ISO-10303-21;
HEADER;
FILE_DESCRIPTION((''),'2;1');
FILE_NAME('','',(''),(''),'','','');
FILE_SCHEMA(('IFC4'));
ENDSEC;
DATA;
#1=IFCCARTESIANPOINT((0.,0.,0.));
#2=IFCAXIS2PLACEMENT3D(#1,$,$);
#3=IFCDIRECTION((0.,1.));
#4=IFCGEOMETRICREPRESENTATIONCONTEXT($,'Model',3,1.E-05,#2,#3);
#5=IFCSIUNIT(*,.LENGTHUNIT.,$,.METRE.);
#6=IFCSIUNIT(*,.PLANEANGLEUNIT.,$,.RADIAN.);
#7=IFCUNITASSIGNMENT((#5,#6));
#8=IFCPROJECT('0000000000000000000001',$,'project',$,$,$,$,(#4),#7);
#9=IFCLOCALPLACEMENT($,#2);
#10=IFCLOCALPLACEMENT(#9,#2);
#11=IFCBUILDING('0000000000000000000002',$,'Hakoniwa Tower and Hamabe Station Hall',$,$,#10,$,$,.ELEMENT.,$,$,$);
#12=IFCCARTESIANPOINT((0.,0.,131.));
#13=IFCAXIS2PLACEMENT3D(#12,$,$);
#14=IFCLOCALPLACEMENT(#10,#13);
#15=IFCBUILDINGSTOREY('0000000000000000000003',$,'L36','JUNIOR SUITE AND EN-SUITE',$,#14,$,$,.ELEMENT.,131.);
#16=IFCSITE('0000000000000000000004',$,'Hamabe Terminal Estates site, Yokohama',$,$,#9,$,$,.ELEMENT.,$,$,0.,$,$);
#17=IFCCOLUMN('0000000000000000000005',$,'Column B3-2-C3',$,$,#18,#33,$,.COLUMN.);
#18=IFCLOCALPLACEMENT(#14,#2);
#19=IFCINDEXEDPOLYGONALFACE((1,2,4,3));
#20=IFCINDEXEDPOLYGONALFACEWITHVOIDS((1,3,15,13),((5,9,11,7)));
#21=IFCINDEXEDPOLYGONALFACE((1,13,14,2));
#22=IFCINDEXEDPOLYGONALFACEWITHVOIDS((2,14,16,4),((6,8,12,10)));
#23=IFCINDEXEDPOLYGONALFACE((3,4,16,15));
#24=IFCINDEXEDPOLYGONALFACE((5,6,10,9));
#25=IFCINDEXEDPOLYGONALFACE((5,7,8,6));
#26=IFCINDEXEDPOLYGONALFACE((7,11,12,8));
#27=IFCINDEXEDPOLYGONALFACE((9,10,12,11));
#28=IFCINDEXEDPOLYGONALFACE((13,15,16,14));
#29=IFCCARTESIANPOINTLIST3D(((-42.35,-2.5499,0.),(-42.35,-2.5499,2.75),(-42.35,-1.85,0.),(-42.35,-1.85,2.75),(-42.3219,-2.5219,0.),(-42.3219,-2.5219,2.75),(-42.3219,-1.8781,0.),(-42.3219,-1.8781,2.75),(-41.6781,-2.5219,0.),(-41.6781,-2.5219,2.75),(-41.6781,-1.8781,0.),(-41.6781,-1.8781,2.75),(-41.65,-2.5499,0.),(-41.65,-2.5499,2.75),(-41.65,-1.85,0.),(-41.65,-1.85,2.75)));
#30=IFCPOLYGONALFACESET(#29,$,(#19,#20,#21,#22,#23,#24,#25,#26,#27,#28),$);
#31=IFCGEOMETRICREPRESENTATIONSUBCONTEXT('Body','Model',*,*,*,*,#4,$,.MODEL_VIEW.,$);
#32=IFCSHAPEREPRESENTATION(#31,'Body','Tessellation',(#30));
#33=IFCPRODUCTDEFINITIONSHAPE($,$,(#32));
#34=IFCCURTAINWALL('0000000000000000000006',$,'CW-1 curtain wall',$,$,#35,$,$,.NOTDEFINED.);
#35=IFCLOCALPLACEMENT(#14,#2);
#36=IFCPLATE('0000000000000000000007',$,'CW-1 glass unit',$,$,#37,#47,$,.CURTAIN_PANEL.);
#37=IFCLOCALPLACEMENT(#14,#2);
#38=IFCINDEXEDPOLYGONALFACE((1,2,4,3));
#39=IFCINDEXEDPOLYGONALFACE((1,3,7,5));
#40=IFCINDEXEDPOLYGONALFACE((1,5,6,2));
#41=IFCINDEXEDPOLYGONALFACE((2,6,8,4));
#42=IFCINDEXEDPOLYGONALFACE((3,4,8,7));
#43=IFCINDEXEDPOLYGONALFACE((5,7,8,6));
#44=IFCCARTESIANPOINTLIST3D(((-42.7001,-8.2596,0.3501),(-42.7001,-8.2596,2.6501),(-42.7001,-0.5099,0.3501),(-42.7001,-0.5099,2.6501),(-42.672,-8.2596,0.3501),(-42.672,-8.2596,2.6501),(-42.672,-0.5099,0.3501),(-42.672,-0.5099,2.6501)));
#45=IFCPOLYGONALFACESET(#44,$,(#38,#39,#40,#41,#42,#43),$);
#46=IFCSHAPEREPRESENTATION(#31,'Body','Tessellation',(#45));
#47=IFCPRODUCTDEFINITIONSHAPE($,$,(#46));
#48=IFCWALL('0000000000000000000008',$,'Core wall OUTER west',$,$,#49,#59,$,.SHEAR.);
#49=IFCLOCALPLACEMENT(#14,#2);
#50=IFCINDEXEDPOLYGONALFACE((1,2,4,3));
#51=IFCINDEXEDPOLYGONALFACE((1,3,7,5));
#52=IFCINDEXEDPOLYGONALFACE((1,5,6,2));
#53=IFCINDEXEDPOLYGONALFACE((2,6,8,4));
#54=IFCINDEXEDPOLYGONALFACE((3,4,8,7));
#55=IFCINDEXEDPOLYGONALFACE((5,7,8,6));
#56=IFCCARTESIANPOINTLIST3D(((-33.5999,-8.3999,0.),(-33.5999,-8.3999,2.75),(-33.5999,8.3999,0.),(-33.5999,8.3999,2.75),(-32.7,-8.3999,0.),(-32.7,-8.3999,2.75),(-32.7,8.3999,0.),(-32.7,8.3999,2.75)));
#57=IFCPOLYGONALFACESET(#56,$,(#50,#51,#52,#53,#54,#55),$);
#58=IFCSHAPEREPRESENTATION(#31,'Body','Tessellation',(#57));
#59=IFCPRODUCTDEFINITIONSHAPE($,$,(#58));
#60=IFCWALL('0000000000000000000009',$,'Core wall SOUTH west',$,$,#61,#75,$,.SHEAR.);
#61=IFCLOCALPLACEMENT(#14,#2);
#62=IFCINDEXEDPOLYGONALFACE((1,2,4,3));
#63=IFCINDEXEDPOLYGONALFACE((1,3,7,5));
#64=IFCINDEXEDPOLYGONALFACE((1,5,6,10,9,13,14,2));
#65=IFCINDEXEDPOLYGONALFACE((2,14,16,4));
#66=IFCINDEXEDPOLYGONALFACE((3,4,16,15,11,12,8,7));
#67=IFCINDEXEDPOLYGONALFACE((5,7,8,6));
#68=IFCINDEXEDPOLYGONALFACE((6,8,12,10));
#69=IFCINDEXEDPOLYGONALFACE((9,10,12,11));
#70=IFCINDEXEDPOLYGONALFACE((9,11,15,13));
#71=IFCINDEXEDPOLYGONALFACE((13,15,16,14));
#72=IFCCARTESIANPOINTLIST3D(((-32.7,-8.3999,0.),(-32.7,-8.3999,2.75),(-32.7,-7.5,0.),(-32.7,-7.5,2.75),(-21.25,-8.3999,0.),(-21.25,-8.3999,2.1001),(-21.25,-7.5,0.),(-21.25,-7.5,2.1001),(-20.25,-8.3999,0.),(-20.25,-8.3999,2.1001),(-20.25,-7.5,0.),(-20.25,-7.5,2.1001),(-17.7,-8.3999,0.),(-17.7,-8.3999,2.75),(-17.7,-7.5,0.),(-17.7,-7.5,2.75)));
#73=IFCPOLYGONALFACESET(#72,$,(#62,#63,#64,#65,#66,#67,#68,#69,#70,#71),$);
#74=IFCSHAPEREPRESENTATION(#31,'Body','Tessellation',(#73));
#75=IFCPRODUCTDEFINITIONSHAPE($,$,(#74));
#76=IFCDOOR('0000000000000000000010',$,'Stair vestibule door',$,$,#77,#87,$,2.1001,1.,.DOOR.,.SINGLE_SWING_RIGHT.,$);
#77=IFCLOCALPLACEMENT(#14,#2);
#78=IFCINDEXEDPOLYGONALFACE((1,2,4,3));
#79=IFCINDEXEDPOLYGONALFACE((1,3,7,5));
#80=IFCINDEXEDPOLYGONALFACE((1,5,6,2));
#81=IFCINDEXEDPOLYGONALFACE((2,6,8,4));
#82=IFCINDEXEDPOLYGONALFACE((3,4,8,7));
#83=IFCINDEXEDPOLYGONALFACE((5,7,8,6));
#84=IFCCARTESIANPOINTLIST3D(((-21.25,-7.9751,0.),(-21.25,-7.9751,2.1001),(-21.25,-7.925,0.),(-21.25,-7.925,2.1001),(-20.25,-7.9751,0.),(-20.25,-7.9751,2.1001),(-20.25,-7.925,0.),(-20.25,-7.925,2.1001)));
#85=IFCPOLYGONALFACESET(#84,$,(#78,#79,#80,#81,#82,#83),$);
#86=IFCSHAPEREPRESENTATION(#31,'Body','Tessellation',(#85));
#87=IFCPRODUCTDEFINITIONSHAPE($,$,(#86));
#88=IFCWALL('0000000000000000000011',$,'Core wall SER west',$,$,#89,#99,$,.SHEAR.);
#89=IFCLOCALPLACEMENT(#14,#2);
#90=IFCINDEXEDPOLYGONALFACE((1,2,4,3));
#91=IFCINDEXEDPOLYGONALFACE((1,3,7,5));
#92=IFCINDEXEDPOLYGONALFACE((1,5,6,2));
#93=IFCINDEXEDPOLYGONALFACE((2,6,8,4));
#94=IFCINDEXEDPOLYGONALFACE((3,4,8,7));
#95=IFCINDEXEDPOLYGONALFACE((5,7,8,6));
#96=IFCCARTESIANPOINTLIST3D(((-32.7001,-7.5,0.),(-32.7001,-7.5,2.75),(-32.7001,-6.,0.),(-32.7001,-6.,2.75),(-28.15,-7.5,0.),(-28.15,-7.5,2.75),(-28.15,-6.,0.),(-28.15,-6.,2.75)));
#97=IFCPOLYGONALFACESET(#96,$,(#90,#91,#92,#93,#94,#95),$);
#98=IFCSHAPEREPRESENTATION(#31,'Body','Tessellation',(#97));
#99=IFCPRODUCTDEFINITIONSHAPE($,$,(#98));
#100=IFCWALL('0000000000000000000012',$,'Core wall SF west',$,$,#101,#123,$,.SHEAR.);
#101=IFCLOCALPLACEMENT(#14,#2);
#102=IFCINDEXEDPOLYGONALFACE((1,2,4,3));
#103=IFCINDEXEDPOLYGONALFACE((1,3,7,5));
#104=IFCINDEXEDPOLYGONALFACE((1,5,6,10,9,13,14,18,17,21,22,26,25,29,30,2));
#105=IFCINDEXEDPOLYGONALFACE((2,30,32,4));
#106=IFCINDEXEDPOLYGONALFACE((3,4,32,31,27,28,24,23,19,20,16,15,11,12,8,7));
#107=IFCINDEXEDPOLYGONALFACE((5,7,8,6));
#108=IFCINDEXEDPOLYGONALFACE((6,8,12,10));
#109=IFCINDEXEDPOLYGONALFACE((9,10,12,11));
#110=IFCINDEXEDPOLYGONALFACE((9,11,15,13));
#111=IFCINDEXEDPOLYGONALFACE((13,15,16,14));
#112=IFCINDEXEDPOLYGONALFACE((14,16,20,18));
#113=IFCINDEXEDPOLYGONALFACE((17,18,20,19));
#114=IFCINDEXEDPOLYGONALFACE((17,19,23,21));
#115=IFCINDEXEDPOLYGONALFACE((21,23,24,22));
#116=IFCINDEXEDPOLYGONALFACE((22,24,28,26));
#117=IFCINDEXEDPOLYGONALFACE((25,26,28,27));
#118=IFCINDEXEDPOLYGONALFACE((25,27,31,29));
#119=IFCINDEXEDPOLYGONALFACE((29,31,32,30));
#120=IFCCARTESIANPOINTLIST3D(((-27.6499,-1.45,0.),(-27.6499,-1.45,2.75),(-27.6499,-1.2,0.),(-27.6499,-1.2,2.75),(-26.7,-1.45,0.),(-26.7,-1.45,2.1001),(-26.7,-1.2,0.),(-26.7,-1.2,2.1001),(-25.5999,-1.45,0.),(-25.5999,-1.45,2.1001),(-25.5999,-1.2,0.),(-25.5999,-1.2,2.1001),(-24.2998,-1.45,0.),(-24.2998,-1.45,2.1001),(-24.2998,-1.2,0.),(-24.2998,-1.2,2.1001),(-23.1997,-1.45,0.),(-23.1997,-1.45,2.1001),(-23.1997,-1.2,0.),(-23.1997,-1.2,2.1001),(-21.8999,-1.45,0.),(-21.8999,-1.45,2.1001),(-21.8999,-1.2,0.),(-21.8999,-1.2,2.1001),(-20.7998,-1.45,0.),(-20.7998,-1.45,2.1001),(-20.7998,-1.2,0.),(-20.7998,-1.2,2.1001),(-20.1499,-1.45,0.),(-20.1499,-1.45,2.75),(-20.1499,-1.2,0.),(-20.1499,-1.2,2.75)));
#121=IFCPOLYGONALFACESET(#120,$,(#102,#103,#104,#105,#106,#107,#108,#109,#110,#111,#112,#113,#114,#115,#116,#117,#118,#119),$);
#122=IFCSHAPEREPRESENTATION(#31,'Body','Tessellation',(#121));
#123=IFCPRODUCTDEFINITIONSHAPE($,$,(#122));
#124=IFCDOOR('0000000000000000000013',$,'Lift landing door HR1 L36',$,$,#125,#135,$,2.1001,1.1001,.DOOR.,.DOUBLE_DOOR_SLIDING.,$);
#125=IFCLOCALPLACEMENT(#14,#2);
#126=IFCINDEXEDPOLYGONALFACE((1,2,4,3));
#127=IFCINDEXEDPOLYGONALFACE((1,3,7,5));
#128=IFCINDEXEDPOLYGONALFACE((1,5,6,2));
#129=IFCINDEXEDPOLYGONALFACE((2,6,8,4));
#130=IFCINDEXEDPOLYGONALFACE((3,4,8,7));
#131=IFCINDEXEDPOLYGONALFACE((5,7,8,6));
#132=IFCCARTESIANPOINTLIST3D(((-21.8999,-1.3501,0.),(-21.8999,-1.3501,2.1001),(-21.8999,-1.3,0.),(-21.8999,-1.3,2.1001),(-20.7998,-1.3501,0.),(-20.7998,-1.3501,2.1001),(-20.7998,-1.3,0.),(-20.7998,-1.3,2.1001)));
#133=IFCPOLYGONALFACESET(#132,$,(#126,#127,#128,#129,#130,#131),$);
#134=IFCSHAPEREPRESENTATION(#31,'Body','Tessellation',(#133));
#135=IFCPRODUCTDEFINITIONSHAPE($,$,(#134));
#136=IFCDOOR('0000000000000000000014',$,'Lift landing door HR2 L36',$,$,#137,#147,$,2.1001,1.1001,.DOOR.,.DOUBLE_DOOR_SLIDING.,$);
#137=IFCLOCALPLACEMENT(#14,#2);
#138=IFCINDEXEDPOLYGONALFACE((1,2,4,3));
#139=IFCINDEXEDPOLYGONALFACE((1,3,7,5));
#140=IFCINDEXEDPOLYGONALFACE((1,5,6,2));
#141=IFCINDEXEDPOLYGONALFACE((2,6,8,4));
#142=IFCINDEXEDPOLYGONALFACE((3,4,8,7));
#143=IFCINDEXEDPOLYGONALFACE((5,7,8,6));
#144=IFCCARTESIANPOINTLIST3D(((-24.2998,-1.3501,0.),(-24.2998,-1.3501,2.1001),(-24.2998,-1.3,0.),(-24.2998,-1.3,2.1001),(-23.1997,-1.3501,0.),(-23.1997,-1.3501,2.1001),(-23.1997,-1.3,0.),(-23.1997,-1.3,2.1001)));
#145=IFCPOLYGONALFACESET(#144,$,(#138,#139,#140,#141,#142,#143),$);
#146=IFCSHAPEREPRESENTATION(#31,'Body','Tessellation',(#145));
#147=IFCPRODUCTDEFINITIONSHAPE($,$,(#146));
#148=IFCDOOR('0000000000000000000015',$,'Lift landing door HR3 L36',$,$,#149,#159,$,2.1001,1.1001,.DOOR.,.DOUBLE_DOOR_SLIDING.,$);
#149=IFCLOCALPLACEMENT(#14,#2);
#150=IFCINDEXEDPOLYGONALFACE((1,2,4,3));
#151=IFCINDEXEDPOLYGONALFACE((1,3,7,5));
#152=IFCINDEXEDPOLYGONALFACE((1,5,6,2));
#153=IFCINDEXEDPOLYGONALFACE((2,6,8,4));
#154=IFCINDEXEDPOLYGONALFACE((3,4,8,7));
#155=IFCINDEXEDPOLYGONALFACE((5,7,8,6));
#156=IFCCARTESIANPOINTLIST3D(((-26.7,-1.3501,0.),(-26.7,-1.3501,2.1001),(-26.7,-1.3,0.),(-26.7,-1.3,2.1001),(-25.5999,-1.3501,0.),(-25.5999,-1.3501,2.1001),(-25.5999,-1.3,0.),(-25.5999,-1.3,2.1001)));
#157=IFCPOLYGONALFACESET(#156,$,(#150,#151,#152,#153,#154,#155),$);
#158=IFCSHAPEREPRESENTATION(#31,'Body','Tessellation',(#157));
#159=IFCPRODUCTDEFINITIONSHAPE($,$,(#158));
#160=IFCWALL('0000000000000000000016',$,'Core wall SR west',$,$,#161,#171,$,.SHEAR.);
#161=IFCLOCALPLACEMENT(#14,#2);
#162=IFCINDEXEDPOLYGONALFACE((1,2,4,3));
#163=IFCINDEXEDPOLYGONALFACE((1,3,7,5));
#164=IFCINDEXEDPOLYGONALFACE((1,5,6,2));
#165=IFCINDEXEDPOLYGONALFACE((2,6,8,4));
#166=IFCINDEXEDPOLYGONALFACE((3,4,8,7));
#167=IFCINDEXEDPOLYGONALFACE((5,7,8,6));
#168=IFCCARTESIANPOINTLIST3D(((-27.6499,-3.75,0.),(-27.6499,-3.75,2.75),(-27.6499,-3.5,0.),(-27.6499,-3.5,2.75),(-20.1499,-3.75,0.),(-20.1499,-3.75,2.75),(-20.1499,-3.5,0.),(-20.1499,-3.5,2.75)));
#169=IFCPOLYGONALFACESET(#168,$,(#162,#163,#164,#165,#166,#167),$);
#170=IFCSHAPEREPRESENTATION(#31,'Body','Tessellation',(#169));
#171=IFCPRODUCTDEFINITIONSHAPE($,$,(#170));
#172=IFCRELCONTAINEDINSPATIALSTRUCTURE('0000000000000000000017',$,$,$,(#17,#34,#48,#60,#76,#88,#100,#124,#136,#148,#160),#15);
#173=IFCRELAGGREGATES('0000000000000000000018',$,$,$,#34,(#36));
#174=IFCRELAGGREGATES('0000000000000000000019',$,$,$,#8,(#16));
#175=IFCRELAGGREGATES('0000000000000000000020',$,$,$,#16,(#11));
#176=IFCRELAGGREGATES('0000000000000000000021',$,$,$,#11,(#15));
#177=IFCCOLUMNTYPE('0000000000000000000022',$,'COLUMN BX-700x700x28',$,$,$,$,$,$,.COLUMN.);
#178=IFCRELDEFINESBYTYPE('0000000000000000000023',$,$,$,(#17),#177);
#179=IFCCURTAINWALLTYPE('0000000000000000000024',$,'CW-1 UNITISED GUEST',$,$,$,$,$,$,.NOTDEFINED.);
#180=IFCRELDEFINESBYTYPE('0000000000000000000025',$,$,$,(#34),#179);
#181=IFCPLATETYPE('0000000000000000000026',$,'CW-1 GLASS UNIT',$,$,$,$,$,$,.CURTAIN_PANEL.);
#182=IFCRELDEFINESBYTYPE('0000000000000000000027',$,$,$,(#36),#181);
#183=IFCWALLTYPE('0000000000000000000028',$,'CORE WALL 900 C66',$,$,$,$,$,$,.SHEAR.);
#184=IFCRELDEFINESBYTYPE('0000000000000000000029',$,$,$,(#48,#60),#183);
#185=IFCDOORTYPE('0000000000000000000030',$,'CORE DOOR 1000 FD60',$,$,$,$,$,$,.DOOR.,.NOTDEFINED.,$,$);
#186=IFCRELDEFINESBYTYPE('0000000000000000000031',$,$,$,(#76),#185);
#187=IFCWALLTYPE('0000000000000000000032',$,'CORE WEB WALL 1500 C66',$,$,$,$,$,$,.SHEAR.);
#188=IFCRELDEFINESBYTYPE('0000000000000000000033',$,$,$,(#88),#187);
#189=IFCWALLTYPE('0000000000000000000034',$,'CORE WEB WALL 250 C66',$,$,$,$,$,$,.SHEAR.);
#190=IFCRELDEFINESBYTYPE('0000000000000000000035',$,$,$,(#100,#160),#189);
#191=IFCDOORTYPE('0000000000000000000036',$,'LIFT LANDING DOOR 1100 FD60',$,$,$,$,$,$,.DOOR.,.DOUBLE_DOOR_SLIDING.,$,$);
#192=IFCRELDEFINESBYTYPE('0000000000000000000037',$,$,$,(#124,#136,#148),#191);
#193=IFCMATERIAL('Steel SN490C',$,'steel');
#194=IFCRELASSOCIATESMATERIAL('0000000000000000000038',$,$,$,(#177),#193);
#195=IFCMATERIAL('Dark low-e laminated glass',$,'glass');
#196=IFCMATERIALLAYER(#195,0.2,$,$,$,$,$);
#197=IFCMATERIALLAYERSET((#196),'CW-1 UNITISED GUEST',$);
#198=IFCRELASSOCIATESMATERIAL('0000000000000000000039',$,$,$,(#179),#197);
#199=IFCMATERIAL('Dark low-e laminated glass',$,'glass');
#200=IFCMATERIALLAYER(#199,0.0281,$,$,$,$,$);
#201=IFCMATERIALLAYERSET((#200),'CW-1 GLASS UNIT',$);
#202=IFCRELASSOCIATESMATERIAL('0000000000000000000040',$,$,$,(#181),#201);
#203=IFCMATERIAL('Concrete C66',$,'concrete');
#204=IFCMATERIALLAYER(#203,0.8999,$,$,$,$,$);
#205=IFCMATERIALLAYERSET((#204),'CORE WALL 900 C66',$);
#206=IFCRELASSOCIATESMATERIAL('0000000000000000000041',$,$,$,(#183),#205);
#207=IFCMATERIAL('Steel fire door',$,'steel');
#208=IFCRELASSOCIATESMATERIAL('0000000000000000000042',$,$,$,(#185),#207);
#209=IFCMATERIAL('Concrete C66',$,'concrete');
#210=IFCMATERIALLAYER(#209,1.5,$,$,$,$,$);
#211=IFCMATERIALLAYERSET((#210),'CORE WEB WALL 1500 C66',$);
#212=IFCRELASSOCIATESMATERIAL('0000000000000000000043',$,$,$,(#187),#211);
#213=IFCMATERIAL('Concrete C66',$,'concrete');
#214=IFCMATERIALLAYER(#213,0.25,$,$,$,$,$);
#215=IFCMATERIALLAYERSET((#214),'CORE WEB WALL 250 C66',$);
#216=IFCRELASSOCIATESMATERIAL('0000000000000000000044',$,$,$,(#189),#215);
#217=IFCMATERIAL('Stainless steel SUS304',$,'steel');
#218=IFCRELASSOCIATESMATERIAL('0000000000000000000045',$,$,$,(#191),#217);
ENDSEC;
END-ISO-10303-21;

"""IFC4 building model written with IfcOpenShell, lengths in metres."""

from ifc_helpers import new_model, si_unit, direction, frame, frame_2d, origin, origin_2d, place, context, subcontext, project, spatial, rectangle, hollow_rectangle, extrude, material, layer, layer_set, material_profile, profile_set, type_object, element, fill, aggregate, save


model = new_model("IFC4")

# Units and contexts
model_context = context("Model", 3, precision=1e-05, world=origin(), true_north=direction((0.0, 1.0)))
body_context = subcontext(model_context, "Body", "Model", "MODEL_VIEW")
ifc_project = project(units=[si_unit("LENGTHUNIT", "METRE"), si_unit("PLANEANGLEUNIT", "RADIAN")], contexts=[model_context])

# Site, building, storey
site_placement = place(None, origin())
site = spatial("IfcSite", under=ifc_project, at=site_placement, Name="Hamabe Terminal Estates site, Yokohama", CompositionType="ELEMENT", RefElevation=0.0)
building_placement = place(site_placement, origin())
building = spatial("IfcBuilding", under=site, at=building_placement, Name="Hakoniwa Tower and Hamabe Station Hall", CompositionType="ELEMENT")
storey_placement = place(building_placement, frame((0.0, 0.0, 131.0)))
storey = spatial("IfcBuildingStorey", under=building, at=storey_placement, Name="L36", Description="JUNIOR SUITE AND EN-SUITE", CompositionType="ELEMENT", Elevation=131.0)

# Column
ifc_material_1 = material(Name="Steel SN490C", Category="steel")
ifc_material_profile = material_profile(ifc_material_1, hollow_rectangle(XDim=0.7, YDim=0.7, WallThickness=0.0281, at=origin_2d()), Name="BX-700x700x28")
ifc_profile_set = profile_set([ifc_material_profile], Name="Steel SN490C")
column_type = type_object("IfcColumnType", Name="COLUMN BX-700x700x28", PredefinedType="COLUMN", material=ifc_profile_set)
column_placement = place(storey_placement, frame((-42.0, -2.2, 0.0), z_axis=(0.0, 0.0, 1.0), x_axis=(1.0, 0.0, 0.0)))
element("IfcColumn", 1, at=column_placement, inside=storey, type_object=column_type, Name="Column B3-2-C3", PredefinedType="COLUMN", context=body_context, shape_type="SweptSolid", body=[
    extrude(hollow_rectangle(XDim=0.7, YDim=0.7, WallThickness=0.0281, at=origin_2d()), origin(), (0.0, 0.0, 1.0), 2.75),
])

# Curtain wall, plate
ifc_material_2 = material(Name="Dark low-e laminated glass", Category="glass")
ifc_layer_1 = layer(ifc_material_2, 0.2)
ifc_layer_set_1 = layer_set([ifc_layer_1], Name="CW-1 UNITISED GUEST")
curtain_wall_type = type_object("IfcCurtainWallType", Name="CW-1 UNITISED GUEST", PredefinedType="NOTDEFINED", material=ifc_layer_set_1)
curtain_wall_placement = place(storey_placement, origin())
curtain_wall = element("IfcCurtainWall", 2, at=curtain_wall_placement, inside=storey, type_object=curtain_wall_type, Name="CW-1 curtain wall", PredefinedType="NOTDEFINED")
ifc_material_3 = material(Name="Dark low-e laminated glass", Category="glass")
ifc_layer_2 = layer(ifc_material_3, 0.0281)
ifc_layer_set_2 = layer_set([ifc_layer_2], Name="CW-1 GLASS UNIT")
plate_type = type_object("IfcPlateType", Name="CW-1 GLASS UNIT", PredefinedType="CURTAIN_PANEL", material=ifc_layer_set_2)
plate_placement = place(storey_placement, frame((-42.686, -4.3848, 0.3501), z_axis=(0.0, 0.0, 1.0), x_axis=(0.0, -1.0, 0.0)))
plate = element("IfcPlate", 3, at=plate_placement, type_object=plate_type, Name="CW-1 glass unit", PredefinedType="CURTAIN_PANEL", context=body_context, shape_type="SweptSolid", body=[
    extrude(rectangle(XDim=7.7498, YDim=0.0281, at=origin_2d()), origin(), (0.0, 0.0, 1.0), 2.3),
])
aggregate(curtain_wall, [plate])

# Wall
ifc_material_4 = material(Name="Concrete C66", Category="concrete")
ifc_layer_3 = layer(ifc_material_4, 0.8999)
ifc_layer_set_3 = layer_set([ifc_layer_3], Name="CORE WALL 900 C66")
wall_type_1 = type_object("IfcWallType", Name="CORE WALL 900 C66", PredefinedType="SHEAR", material=ifc_layer_set_3)
wall_1_placement = place(storey_placement, frame((-33.1499, -8.3999, 0.0), z_axis=(0.0, 0.0, 1.0), x_axis=(0.0, 1.0, 0.0)))
element("IfcWall", 4, at=wall_1_placement, inside=storey, type_object=wall_type_1, Name="Core wall OUTER west", PredefinedType="SHEAR", context=body_context, shape_type="SweptSolid", body=[
    extrude(rectangle(XDim=16.7998, YDim=0.8999, at=frame_2d((8.3999, 0.0))), origin(), (0.0, 0.0, 1.0), 2.75),
])

# Wall, opening, door
wall_2_placement = place(storey_placement, frame((-32.7, -7.95, 0.0), z_axis=(0.0, 0.0, 1.0), x_axis=(1.0, 0.0, 0.0)))
wall_2 = element("IfcWall", 5, at=wall_2_placement, inside=storey, type_object=wall_type_1, Name="Core wall SOUTH west", PredefinedType="SHEAR", context=body_context, shape_type="SweptSolid", body=[
    extrude(rectangle(XDim=15.0, YDim=0.8999, at=frame_2d((7.5, 0.0))), origin(), (0.0, 0.0, 1.0), 2.75),
])
opening_1_placement = place(wall_2_placement, frame((11.45, 0.0, 0.0)))
opening_1 = element("IfcOpeningElement", 6, at=opening_1_placement, cuts=wall_2, PredefinedType="OPENING", context=body_context, shape_type="SweptSolid", body=[
    extrude(rectangle(XDim=1.0, YDim=2.1001, at=frame_2d((0.5, 1.05))), frame((0.0, 0.46, 0.0), z_axis=(0.0, -1.0, 0.0), x_axis=(1.0, 0.0, 0.0)), (0.0, 0.0, 1.0), 0.9199),
])
ifc_material_5 = material(Name="Steel fire door", Category="steel")
door_type_1 = type_object("IfcDoorType", Name="CORE DOOR 1000 FD60", OperationType="NOTDEFINED", PredefinedType="DOOR", material=ifc_material_5)
door_1_placement = place(opening_1_placement, origin())
door_1 = element("IfcDoor", 7, at=door_1_placement, inside=storey, type_object=door_type_1, Name="Stair vestibule door", OperationType="SINGLE_SWING_RIGHT", OverallHeight=2.1001, OverallWidth=1.0, PredefinedType="DOOR", context=body_context, shape_type="SweptSolid", body=[
    extrude(rectangle(XDim=1.0, YDim=2.1001, at=frame_2d((0.5, 1.05))), frame((0.0, 0.0249, 0.0), z_axis=(0.0, -1.0, 0.0), x_axis=(1.0, 0.0, 0.0)), (0.0, 0.0, 1.0), 0.05),
])
fill(opening_1, door_1)

# Wall
ifc_material_6 = material(Name="Concrete C66", Category="concrete")
ifc_layer_4 = layer(ifc_material_6, 1.5)
ifc_layer_set_4 = layer_set([ifc_layer_4], Name="CORE WEB WALL 1500 C66")
wall_type_2 = type_object("IfcWallType", Name="CORE WEB WALL 1500 C66", PredefinedType="SHEAR", material=ifc_layer_set_4)
wall_3_placement = place(storey_placement, frame((-32.7, -6.75, 0.0), z_axis=(0.0, 0.0, 1.0), x_axis=(1.0, 0.0, 0.0)))
element("IfcWall", 8, at=wall_3_placement, inside=storey, type_object=wall_type_2, Name="Core wall SER west", PredefinedType="SHEAR", context=body_context, shape_type="SweptSolid", body=[
    extrude(rectangle(XDim=4.55, YDim=1.5, at=frame_2d((2.2749, 0.0))), origin(), (0.0, 0.0, 1.0), 2.75),
])

# Wall, openings, doors
ifc_material_7 = material(Name="Concrete C66", Category="concrete")
ifc_layer_5 = layer(ifc_material_7, 0.25)
ifc_layer_set_5 = layer_set([ifc_layer_5], Name="CORE WEB WALL 250 C66")
wall_type_3 = type_object("IfcWallType", Name="CORE WEB WALL 250 C66", PredefinedType="SHEAR", material=ifc_layer_set_5)
wall_4_placement = place(storey_placement, frame((-27.6499, -1.325, 0.0), z_axis=(0.0, 0.0, 1.0), x_axis=(1.0, 0.0, 0.0)))
wall_4 = element("IfcWall", 9, at=wall_4_placement, inside=storey, type_object=wall_type_3, Name="Core wall SF west", PredefinedType="SHEAR", context=body_context, shape_type="SweptSolid", body=[
    extrude(rectangle(XDim=7.5, YDim=0.25, at=frame_2d((3.75, 0.0))), origin(), (0.0, 0.0, 1.0), 2.75),
])
opening_2_placement = place(wall_4_placement, frame((5.75, 0.0, 0.0)))
opening_2 = element("IfcOpeningElement", 10, at=opening_2_placement, cuts=wall_4, PredefinedType="OPENING", context=body_context, shape_type="SweptSolid", body=[
    extrude(rectangle(XDim=1.1001, YDim=2.1001, at=frame_2d((0.55, 1.05))), frame((0.0, 0.135, 0.0), z_axis=(0.0, -1.0, 0.0), x_axis=(1.0, 0.0, 0.0)), (0.0, 0.0, 1.0), 0.27),
])
opening_3_placement = place(wall_4_placement, frame((3.3501, 0.0, 0.0)))
opening_3 = element("IfcOpeningElement", 11, at=opening_3_placement, cuts=wall_4, PredefinedType="OPENING", context=body_context, shape_type="SweptSolid", body=[
    extrude(rectangle(XDim=1.1001, YDim=2.1001, at=frame_2d((0.55, 1.05))), frame((0.0, 0.135, 0.0), z_axis=(0.0, -1.0, 0.0), x_axis=(1.0, 0.0, 0.0)), (0.0, 0.0, 1.0), 0.27),
])
opening_4_placement = place(wall_4_placement, frame((0.95, 0.0, 0.0)))
opening_4 = element("IfcOpeningElement", 12, at=opening_4_placement, cuts=wall_4, PredefinedType="OPENING", context=body_context, shape_type="SweptSolid", body=[
    extrude(rectangle(XDim=1.1001, YDim=2.1001, at=frame_2d((0.55, 1.05))), frame((0.0, 0.135, 0.0), z_axis=(0.0, -1.0, 0.0), x_axis=(1.0, 0.0, 0.0)), (0.0, 0.0, 1.0), 0.27),
])
ifc_material_8 = material(Name="Stainless steel SUS304", Category="steel")
door_type_2 = type_object("IfcDoorType", Name="LIFT LANDING DOOR 1100 FD60", OperationType="DOUBLE_DOOR_SLIDING", PredefinedType="DOOR", material=ifc_material_8)
door_2_placement = place(opening_2_placement, origin())
door_2 = element("IfcDoor", 13, at=door_2_placement, inside=storey, type_object=door_type_2, Name="Lift landing door HR1 L36", OperationType="DOUBLE_DOOR_SLIDING", OverallHeight=2.1001, OverallWidth=1.1001, PredefinedType="DOOR", context=body_context, shape_type="SweptSolid", body=[
    extrude(rectangle(XDim=1.1001, YDim=2.1001, at=frame_2d((0.55, 1.05))), frame((0.0, 0.0249, 0.0), z_axis=(0.0, -1.0, 0.0), x_axis=(1.0, 0.0, 0.0)), (0.0, 0.0, 1.0), 0.05),
])
fill(opening_2, door_2)
door_3_placement = place(opening_3_placement, origin())
door_3 = element("IfcDoor", 14, at=door_3_placement, inside=storey, type_object=door_type_2, Name="Lift landing door HR2 L36", OperationType="DOUBLE_DOOR_SLIDING", OverallHeight=2.1001, OverallWidth=1.1001, PredefinedType="DOOR", context=body_context, shape_type="SweptSolid", body=[
    extrude(rectangle(XDim=1.1001, YDim=2.1001, at=frame_2d((0.55, 1.05))), frame((0.0, 0.0249, 0.0), z_axis=(0.0, -1.0, 0.0), x_axis=(1.0, 0.0, 0.0)), (0.0, 0.0, 1.0), 0.05),
])
fill(opening_3, door_3)
door_4_placement = place(opening_4_placement, origin())
door_4 = element("IfcDoor", 15, at=door_4_placement, inside=storey, type_object=door_type_2, Name="Lift landing door HR3 L36", OperationType="DOUBLE_DOOR_SLIDING", OverallHeight=2.1001, OverallWidth=1.1001, PredefinedType="DOOR", context=body_context, shape_type="SweptSolid", body=[
    extrude(rectangle(XDim=1.1001, YDim=2.1001, at=frame_2d((0.55, 1.05))), frame((0.0, 0.0249, 0.0), z_axis=(0.0, -1.0, 0.0), x_axis=(1.0, 0.0, 0.0)), (0.0, 0.0, 1.0), 0.05),
])
fill(opening_4, door_4)

# Wall
wall_5_placement = place(storey_placement, frame((-27.6499, -3.625, 0.0), z_axis=(0.0, 0.0, 1.0), x_axis=(1.0, 0.0, 0.0)))
element("IfcWall", 16, at=wall_5_placement, inside=storey, type_object=wall_type_3, Name="Core wall SR west", PredefinedType="SHEAR", context=body_context, shape_type="SweptSolid", body=[
    extrude(rectangle(XDim=7.5, YDim=0.25, at=frame_2d((3.75, 0.0))), origin(), (0.0, 0.0, 1.0), 2.75),
])

save(model, "model.ifc")
